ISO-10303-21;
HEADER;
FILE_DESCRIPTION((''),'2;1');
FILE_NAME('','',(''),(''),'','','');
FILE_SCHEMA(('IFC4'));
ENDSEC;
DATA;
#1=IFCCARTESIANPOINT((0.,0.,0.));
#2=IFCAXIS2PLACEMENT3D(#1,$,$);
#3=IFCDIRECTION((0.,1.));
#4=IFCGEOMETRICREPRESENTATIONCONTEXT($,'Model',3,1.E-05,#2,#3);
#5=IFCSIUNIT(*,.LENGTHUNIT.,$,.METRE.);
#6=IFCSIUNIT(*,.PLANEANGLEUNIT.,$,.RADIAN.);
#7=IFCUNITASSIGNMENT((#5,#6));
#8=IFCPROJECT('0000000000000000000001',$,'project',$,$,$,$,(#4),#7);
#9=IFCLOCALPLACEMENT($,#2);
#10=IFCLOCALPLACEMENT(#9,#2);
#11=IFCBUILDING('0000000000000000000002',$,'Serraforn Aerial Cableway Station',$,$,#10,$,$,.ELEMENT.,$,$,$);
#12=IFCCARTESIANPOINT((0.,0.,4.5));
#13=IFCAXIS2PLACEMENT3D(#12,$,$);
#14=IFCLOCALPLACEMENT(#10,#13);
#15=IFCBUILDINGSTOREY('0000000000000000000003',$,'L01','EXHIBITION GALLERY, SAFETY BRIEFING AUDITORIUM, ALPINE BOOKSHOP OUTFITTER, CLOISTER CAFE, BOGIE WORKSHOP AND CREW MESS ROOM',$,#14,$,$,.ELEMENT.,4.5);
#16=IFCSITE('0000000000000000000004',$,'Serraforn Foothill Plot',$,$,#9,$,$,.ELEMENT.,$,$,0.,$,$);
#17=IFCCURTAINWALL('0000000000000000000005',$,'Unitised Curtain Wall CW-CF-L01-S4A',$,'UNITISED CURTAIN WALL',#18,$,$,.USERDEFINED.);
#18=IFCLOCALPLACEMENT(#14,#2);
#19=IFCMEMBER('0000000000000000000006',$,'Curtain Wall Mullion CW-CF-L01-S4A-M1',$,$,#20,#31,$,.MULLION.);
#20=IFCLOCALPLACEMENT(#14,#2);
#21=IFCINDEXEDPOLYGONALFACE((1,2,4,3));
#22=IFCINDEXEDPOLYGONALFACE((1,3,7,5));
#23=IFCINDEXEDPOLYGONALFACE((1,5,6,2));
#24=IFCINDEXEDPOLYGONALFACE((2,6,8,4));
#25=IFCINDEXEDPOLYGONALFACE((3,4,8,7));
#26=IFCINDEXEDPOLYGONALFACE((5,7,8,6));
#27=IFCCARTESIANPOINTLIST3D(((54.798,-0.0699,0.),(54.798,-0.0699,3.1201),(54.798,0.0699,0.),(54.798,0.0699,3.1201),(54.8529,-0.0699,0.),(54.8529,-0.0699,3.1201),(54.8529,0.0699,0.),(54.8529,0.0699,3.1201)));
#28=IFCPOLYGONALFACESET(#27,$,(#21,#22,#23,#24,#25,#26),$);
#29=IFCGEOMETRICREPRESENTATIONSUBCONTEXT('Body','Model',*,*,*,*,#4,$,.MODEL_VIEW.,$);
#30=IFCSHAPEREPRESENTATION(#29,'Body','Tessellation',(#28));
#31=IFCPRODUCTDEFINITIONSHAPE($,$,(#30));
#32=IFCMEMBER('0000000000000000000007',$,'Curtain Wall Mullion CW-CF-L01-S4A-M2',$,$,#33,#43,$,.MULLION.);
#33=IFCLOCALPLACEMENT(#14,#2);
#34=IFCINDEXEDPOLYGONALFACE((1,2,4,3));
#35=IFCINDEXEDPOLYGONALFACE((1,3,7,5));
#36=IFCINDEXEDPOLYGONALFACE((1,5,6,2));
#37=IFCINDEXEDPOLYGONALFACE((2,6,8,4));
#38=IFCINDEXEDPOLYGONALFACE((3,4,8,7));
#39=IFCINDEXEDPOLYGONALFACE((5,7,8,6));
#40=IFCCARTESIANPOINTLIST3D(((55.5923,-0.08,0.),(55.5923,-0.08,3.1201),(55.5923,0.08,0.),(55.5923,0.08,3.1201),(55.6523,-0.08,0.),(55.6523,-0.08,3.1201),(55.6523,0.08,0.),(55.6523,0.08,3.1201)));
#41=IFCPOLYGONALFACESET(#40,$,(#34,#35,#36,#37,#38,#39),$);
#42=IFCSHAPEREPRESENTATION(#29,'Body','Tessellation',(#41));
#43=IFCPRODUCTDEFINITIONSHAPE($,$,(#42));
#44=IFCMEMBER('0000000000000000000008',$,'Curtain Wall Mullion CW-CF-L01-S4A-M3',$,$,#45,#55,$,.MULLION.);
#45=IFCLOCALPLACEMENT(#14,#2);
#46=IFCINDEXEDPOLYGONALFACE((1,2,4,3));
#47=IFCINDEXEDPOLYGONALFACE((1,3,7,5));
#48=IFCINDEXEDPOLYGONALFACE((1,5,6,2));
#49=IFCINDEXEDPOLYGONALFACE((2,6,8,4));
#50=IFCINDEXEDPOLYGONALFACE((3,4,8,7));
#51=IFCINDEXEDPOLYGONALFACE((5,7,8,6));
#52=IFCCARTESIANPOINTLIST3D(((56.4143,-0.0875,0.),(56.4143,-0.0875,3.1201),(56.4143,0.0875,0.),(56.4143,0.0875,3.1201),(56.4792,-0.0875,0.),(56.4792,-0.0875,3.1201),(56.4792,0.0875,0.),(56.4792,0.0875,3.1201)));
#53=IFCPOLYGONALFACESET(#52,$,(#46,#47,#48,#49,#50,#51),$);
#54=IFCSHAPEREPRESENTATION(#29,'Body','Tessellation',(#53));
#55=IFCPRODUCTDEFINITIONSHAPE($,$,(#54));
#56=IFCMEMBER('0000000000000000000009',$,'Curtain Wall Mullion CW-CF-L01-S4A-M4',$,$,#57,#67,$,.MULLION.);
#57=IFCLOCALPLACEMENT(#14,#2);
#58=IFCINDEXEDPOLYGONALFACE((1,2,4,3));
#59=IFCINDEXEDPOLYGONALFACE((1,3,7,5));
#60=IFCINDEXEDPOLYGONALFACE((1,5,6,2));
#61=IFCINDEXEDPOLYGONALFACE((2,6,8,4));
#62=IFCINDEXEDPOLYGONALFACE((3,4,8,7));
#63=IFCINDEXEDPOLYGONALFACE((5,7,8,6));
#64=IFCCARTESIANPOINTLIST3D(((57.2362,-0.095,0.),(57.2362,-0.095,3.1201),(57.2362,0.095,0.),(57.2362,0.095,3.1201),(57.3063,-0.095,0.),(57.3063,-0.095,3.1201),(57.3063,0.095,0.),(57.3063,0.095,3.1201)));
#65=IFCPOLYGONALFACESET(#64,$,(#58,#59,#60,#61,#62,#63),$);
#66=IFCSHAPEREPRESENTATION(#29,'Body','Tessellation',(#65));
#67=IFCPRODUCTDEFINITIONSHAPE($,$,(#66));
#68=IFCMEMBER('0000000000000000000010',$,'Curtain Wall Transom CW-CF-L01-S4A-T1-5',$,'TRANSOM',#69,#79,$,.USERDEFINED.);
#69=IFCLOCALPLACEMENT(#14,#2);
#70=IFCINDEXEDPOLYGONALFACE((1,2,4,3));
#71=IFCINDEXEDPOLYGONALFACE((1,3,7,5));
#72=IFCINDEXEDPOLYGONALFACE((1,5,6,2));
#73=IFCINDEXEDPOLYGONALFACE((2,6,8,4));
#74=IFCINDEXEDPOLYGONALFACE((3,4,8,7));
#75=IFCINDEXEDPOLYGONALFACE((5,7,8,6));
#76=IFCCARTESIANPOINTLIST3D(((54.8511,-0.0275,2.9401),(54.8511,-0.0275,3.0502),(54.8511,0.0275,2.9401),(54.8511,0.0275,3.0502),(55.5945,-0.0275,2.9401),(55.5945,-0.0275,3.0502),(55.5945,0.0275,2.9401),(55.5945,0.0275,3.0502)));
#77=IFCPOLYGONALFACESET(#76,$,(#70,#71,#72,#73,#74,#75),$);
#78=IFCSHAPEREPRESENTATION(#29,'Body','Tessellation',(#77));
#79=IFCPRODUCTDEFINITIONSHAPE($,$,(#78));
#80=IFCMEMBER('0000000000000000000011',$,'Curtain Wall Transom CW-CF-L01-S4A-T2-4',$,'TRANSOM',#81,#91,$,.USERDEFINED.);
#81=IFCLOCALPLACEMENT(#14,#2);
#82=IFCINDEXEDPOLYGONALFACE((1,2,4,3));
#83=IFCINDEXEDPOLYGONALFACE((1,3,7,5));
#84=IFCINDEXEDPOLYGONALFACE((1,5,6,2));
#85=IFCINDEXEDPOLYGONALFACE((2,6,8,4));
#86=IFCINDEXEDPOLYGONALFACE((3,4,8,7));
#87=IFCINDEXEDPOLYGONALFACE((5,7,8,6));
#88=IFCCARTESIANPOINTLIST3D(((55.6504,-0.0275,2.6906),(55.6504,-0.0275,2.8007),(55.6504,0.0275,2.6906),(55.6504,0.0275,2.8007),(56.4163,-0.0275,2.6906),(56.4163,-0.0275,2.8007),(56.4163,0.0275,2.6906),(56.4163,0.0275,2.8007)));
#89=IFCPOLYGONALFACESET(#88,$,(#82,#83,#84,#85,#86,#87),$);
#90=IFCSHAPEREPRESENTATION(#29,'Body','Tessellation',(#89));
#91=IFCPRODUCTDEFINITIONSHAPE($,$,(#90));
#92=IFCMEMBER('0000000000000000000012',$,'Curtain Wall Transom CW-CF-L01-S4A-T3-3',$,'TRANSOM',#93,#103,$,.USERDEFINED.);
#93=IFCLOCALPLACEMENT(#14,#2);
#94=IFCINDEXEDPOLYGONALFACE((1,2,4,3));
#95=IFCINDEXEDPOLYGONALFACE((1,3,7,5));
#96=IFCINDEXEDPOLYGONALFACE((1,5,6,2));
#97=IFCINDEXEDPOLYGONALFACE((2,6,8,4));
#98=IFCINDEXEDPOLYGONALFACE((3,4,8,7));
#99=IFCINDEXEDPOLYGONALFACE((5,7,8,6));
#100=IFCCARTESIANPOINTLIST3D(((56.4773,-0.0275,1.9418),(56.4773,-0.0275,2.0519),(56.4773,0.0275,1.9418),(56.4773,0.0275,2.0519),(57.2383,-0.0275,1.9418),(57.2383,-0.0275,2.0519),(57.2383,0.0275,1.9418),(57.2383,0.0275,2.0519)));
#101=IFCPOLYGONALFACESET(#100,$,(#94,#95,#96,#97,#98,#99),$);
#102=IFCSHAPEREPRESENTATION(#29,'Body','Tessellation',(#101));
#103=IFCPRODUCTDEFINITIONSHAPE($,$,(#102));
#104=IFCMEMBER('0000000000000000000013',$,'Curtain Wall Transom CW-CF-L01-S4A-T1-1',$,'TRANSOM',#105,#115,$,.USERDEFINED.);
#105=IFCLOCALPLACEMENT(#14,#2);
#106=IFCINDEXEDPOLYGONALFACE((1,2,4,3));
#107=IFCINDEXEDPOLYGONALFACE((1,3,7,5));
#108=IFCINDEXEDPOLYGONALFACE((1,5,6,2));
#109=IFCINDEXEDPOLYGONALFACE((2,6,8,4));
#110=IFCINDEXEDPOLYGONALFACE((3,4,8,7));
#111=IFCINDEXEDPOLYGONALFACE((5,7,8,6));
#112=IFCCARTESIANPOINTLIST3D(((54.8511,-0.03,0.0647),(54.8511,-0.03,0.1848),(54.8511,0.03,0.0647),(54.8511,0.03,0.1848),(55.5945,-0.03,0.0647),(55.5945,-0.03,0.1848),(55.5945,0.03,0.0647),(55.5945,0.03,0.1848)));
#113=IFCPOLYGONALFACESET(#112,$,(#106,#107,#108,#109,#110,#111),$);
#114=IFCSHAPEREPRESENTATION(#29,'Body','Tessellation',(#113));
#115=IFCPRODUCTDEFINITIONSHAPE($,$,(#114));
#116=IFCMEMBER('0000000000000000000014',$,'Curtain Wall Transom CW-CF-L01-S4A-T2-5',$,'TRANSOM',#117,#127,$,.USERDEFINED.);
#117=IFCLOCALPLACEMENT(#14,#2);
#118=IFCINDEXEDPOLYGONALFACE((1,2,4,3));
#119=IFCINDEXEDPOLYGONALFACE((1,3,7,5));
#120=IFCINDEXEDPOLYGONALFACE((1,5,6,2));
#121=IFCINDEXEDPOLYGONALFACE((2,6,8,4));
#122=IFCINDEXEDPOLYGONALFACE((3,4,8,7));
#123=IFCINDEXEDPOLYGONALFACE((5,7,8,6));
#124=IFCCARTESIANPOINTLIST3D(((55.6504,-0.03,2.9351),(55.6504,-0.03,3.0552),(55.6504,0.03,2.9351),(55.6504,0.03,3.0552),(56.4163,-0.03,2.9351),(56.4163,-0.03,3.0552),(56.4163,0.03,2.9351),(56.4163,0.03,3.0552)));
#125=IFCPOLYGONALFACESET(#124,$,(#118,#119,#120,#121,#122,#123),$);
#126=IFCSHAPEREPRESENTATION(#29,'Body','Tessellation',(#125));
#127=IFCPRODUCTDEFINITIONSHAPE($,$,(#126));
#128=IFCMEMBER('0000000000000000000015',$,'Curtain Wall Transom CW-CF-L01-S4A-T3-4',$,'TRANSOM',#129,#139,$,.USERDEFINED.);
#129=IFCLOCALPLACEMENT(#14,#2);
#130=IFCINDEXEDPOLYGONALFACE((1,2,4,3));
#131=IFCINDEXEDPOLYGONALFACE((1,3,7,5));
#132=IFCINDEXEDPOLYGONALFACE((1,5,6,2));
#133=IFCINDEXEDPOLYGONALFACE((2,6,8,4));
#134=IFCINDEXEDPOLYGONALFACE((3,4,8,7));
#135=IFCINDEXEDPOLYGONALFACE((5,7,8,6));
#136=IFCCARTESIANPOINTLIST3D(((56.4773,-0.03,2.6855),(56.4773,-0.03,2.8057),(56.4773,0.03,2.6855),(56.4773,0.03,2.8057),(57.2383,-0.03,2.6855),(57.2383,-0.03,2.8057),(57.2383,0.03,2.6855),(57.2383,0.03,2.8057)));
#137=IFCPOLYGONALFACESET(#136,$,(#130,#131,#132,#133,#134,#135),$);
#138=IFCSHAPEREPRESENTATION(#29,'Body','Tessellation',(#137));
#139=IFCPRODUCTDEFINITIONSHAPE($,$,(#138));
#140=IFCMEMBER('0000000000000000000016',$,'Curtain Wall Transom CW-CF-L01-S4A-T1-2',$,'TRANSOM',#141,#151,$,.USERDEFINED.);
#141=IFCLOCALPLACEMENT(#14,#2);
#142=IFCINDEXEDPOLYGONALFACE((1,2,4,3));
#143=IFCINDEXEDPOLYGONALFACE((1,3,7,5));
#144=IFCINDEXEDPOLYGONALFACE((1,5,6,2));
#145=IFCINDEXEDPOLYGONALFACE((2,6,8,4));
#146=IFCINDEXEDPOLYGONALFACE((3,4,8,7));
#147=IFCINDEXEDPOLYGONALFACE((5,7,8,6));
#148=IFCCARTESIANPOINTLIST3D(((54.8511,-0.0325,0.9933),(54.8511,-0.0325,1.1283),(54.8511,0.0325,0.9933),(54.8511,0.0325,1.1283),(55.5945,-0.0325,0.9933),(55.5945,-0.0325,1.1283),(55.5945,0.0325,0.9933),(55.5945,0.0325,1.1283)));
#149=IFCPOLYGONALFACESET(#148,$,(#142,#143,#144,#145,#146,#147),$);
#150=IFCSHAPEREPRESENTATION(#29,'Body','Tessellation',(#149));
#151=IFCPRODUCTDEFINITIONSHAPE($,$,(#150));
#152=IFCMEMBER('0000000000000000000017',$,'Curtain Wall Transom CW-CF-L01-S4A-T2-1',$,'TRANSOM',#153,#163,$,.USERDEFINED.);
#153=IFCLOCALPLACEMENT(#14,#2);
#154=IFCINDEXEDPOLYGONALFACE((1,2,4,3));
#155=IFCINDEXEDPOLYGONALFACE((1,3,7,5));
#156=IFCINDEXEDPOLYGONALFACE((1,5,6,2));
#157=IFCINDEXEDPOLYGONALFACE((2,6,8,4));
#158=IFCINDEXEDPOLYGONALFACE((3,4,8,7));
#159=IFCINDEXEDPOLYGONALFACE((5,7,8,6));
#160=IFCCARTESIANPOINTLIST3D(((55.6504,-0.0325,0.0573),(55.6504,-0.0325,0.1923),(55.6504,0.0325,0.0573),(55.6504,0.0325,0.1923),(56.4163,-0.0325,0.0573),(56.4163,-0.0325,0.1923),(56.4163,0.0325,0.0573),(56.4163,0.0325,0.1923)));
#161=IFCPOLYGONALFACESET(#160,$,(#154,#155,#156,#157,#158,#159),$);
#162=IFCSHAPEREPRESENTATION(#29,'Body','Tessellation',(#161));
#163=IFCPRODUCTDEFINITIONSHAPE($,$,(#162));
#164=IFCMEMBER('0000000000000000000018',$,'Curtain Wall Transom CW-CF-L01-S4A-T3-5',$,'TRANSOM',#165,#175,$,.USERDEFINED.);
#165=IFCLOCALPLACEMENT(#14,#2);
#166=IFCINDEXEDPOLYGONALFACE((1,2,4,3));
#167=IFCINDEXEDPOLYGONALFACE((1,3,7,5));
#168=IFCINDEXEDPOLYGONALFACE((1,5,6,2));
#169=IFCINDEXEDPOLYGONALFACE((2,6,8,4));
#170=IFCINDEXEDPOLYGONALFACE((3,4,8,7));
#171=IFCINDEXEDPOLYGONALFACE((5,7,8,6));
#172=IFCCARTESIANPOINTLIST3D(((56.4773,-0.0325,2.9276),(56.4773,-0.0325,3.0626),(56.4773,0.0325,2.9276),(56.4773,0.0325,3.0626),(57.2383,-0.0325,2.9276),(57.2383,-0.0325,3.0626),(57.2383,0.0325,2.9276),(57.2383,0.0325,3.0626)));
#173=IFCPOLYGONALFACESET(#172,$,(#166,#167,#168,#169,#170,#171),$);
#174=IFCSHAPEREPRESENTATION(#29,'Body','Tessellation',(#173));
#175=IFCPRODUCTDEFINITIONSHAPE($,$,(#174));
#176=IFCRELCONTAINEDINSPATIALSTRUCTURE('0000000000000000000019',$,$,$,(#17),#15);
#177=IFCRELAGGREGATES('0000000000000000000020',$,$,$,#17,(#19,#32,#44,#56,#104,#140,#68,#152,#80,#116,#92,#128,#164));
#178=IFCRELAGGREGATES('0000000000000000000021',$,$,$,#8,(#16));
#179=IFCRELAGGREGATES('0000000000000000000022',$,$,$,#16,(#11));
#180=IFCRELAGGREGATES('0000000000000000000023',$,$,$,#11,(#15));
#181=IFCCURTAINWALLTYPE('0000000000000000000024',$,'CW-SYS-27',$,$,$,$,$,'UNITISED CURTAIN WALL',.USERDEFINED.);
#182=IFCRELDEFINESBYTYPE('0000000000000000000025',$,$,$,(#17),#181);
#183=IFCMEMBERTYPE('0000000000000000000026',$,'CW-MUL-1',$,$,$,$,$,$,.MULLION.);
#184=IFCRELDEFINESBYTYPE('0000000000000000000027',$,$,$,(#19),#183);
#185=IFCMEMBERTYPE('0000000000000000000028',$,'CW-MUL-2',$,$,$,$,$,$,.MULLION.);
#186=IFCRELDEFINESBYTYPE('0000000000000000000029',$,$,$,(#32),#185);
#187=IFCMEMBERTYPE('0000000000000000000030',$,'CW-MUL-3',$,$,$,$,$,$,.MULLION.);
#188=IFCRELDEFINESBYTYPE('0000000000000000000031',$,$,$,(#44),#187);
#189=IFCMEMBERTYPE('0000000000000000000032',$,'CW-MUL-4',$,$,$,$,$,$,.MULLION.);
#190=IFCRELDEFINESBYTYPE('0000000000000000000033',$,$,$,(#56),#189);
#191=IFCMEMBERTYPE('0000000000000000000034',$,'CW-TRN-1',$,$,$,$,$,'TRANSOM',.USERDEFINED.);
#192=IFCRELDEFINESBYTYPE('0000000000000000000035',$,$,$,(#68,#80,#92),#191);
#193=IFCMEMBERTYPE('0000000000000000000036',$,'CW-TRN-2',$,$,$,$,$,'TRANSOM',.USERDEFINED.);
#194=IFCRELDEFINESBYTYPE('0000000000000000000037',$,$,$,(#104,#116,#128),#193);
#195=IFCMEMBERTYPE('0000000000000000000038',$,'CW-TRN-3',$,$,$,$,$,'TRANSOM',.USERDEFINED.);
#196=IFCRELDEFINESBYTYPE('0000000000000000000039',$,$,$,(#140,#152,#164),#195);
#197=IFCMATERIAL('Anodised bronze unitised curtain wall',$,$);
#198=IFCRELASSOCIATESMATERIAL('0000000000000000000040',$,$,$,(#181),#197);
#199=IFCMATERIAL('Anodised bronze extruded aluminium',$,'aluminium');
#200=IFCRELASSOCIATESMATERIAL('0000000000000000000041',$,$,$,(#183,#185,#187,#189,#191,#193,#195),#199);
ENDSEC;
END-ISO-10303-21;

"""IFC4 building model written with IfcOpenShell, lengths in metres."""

from ifc_helpers import new_model, si_unit, direction, frame, origin, origin_2d, place, context, subcontext, project, spatial, rectangle, extrude, material, material_profile, profile_set, type_object, element, aggregate, save


model = new_model("IFC4")

# Units and contexts
model_context = context("Model", 3, precision=1e-05, world=origin(), true_north=direction((0.0, 1.0)))
body_context = subcontext(model_context, "Body", "Model", "MODEL_VIEW")
ifc_project = project(units=[si_unit("LENGTHUNIT", "METRE"), si_unit("PLANEANGLEUNIT", "RADIAN")], contexts=[model_context])

# Site, building, storey
site_placement = place(None, origin())
site = spatial("IfcSite", under=ifc_project, at=site_placement, Name="Serraforn Foothill Plot", CompositionType="ELEMENT", RefElevation=0.0)
building_placement = place(site_placement, origin())
building = spatial("IfcBuilding", under=site, at=building_placement, Name="Serraforn Aerial Cableway Station", CompositionType="ELEMENT")
storey_placement = place(building_placement, frame((0.0, 0.0, 4.5)))
storey = spatial("IfcBuildingStorey", under=building, at=storey_placement, Name="L01", Description="EXHIBITION GALLERY, SAFETY BRIEFING AUDITORIUM, ALPINE BOOKSHOP OUTFITTER, CLOISTER CAFE, BOGIE WORKSHOP AND CREW MESS ROOM", CompositionType="ELEMENT", Elevation=4.5)

# Curtain wall, members
ifc_material_1 = material(Name="Anodised bronze unitised curtain wall")
curtain_wall_type = type_object("IfcCurtainWallType", Name="CW-SYS-27", ElementType="UNITISED CURTAIN WALL", PredefinedType="USERDEFINED", material=ifc_material_1)
curtain_wall_placement = place(storey_placement, origin())
curtain_wall = element("IfcCurtainWall", 1, at=curtain_wall_placement, inside=storey, type_object=curtain_wall_type, Name="Unitised Curtain Wall CW-CF-L01-S4A", ObjectType="UNITISED CURTAIN WALL", PredefinedType="USERDEFINED")
ifc_material_2 = material(Name="Anodised bronze extruded aluminium", Category="aluminium")
ifc_material_profile_1 = material_profile(ifc_material_2, rectangle(XDim=0.0549, YDim=0.1399, at=origin_2d()), Name="CW MULLION 55x140")
ifc_profile_set_1 = profile_set([ifc_material_profile_1], Name="Anodised bronze extruded aluminium")
member_type_1 = type_object("IfcMemberType", Name="CW-MUL-1", PredefinedType="MULLION", material=ifc_profile_set_1)
member_1_placement = place(storey_placement, frame((54.8254, 0.0, 0.0), z_axis=(0.0, 0.0, 1.0), x_axis=(1.0, 0.0, 0.0)))
member_1 = element("IfcMember", 2, at=member_1_placement, type_object=member_type_1, Name="Curtain Wall Mullion CW-CF-L01-S4A-M1", PredefinedType="MULLION", context=body_context, shape_type="SweptSolid", body=[
    extrude(rectangle(XDim=0.0549, YDim=0.1399, at=origin_2d()), origin(), (0.0, 0.0, 1.0), 3.1201),
])
ifc_material_profile_2 = material_profile(ifc_material_2, rectangle(XDim=0.0601, YDim=0.1599, at=origin_2d()), Name="CW MULLION 60x160")
ifc_profile_set_2 = profile_set([ifc_material_profile_2], Name="Anodised bronze extruded aluminium")
member_type_2 = type_object("IfcMemberType", Name="CW-MUL-2", PredefinedType="MULLION", material=ifc_profile_set_2)
member_2_placement = place(storey_placement, frame((55.6223, 0.0, 0.0), z_axis=(0.0, 0.0, 1.0), x_axis=(1.0, 0.0, 0.0)))
member_2 = element("IfcMember", 3, at=member_2_placement, type_object=member_type_2, Name="Curtain Wall Mullion CW-CF-L01-S4A-M2", PredefinedType="MULLION", context=body_context, shape_type="SweptSolid", body=[
    extrude(rectangle(XDim=0.0601, YDim=0.1599, at=origin_2d()), origin(), (0.0, 0.0, 1.0), 3.1201),
])
ifc_material_profile_3 = material_profile(ifc_material_2, rectangle(XDim=0.0649, YDim=0.175, at=origin_2d()), Name="CW MULLION 65x175")
ifc_profile_set_3 = profile_set([ifc_material_profile_3], Name="Anodised bronze extruded aluminium")
member_type_3 = type_object("IfcMemberType", Name="CW-MUL-3", PredefinedType="MULLION", material=ifc_profile_set_3)
member_3_placement = place(storey_placement, frame((56.4468, 0.0, 0.0), z_axis=(0.0, 0.0, 1.0), x_axis=(1.0, 0.0, 0.0)))
member_3 = element("IfcMember", 4, at=member_3_placement, type_object=member_type_3, Name="Curtain Wall Mullion CW-CF-L01-S4A-M3", PredefinedType="MULLION", context=body_context, shape_type="SweptSolid", body=[
    extrude(rectangle(XDim=0.0649, YDim=0.175, at=origin_2d()), origin(), (0.0, 0.0, 1.0), 3.1201),
])
ifc_material_profile_4 = material_profile(ifc_material_2, rectangle(XDim=0.0701, YDim=0.1899, at=origin_2d()), Name="CW MULLION 70x190")
ifc_profile_set_4 = profile_set([ifc_material_profile_4], Name="Anodised bronze extruded aluminium")
member_type_4 = type_object("IfcMemberType", Name="CW-MUL-4", PredefinedType="MULLION", material=ifc_profile_set_4)
member_4_placement = place(storey_placement, frame((57.2712, 0.0, 0.0), z_axis=(0.0, 0.0, 1.0), x_axis=(1.0, 0.0, 0.0)))
member_4 = element("IfcMember", 5, at=member_4_placement, type_object=member_type_4, Name="Curtain Wall Mullion CW-CF-L01-S4A-M4", PredefinedType="MULLION", context=body_context, shape_type="SweptSolid", body=[
    extrude(rectangle(XDim=0.0701, YDim=0.1899, at=origin_2d()), origin(), (0.0, 0.0, 1.0), 3.1201),
])
ifc_material_profile_5 = material_profile(ifc_material_2, rectangle(XDim=0.0549, YDim=0.1101, at=origin_2d()), Name="CW TRANSOM 55x110")
ifc_profile_set_5 = profile_set([ifc_material_profile_5], Name="Anodised bronze extruded aluminium")
member_type_5 = type_object("IfcMemberType", Name="CW-TRN-1", ElementType="TRANSOM", PredefinedType="USERDEFINED", material=ifc_profile_set_5)
member_5_placement = place(storey_placement, frame((54.8511, 0.0, 2.9951), z_axis=(1.0, 0.0, 0.0), x_axis=(0.0, 1.0, 0.0)))
member_5 = element("IfcMember", 6, at=member_5_placement, type_object=member_type_5, Name="Curtain Wall Transom CW-CF-L01-S4A-T1-5", ObjectType="TRANSOM", PredefinedType="USERDEFINED", context=body_context, shape_type="SweptSolid", body=[
    extrude(rectangle(XDim=0.0549, YDim=0.1101, at=origin_2d()), origin(), (0.0, 0.0, 1.0), 0.7434),
])
member_6_placement = place(storey_placement, frame((55.6504, 0.0, 2.7456), z_axis=(1.0, 0.0, 0.0), x_axis=(0.0, 1.0, 0.0)))
member_6 = element("IfcMember", 7, at=member_6_placement, type_object=member_type_5, Name="Curtain Wall Transom CW-CF-L01-S4A-T2-4", ObjectType="TRANSOM", PredefinedType="USERDEFINED", context=body_context, shape_type="SweptSolid", body=[
    extrude(rectangle(XDim=0.0549, YDim=0.1101, at=origin_2d()), origin(), (0.0, 0.0, 1.0), 0.7659),
])
member_7_placement = place(storey_placement, frame((56.4773, 0.0, 1.9968), z_axis=(1.0, 0.0, 0.0), x_axis=(0.0, 1.0, 0.0)))
member_7 = element("IfcMember", 8, at=member_7_placement, type_object=member_type_5, Name="Curtain Wall Transom CW-CF-L01-S4A-T3-3", ObjectType="TRANSOM", PredefinedType="USERDEFINED", context=body_context, shape_type="SweptSolid", body=[
    extrude(rectangle(XDim=0.0549, YDim=0.1101, at=origin_2d()), origin(), (0.0, 0.0, 1.0), 0.761),
])
ifc_material_profile_6 = material_profile(ifc_material_2, rectangle(XDim=0.0601, YDim=0.1201, at=origin_2d()), Name="CW TRANSOM 60x120")
ifc_profile_set_6 = profile_set([ifc_material_profile_6], Name="Anodised bronze extruded aluminium")
member_type_6 = type_object("IfcMemberType", Name="CW-TRN-2", ElementType="TRANSOM", PredefinedType="USERDEFINED", material=ifc_profile_set_6)
member_8_placement = place(storey_placement, frame((54.8511, 0.0, 0.1248), z_axis=(1.0, 0.0, 0.0), x_axis=(0.0, 1.0, 0.0)))
member_8 = element("IfcMember", 9, at=member_8_placement, type_object=member_type_6, Name="Curtain Wall Transom CW-CF-L01-S4A-T1-1", ObjectType="TRANSOM", PredefinedType="USERDEFINED", context=body_context, shape_type="SweptSolid", body=[
    extrude(rectangle(XDim=0.0601, YDim=0.1201, at=origin_2d()), origin(), (0.0, 0.0, 1.0), 0.7434),
])
member_9_placement = place(storey_placement, frame((55.6504, 0.0, 2.9951), z_axis=(1.0, 0.0, 0.0), x_axis=(0.0, 1.0, 0.0)))
member_9 = element("IfcMember", 10, at=member_9_placement, type_object=member_type_6, Name="Curtain Wall Transom CW-CF-L01-S4A-T2-5", ObjectType="TRANSOM", PredefinedType="USERDEFINED", context=body_context, shape_type="SweptSolid", body=[
    extrude(rectangle(XDim=0.0601, YDim=0.1201, at=origin_2d()), origin(), (0.0, 0.0, 1.0), 0.7659),
])
member_10_placement = place(storey_placement, frame((56.4773, 0.0, 2.7456), z_axis=(1.0, 0.0, 0.0), x_axis=(0.0, 1.0, 0.0)))
member_10 = element("IfcMember", 11, at=member_10_placement, type_object=member_type_6, Name="Curtain Wall Transom CW-CF-L01-S4A-T3-4", ObjectType="TRANSOM", PredefinedType="USERDEFINED", context=body_context, shape_type="SweptSolid", body=[
    extrude(rectangle(XDim=0.0601, YDim=0.1201, at=origin_2d()), origin(), (0.0, 0.0, 1.0), 0.761),
])
ifc_material_profile_7 = material_profile(ifc_material_2, rectangle(XDim=0.0649, YDim=0.135, at=origin_2d()), Name="CW TRANSOM 65x135")
ifc_profile_set_7 = profile_set([ifc_material_profile_7], Name="Anodised bronze extruded aluminium")
member_type_7 = type_object("IfcMemberType", Name="CW-TRN-3", ElementType="TRANSOM", PredefinedType="USERDEFINED", material=ifc_profile_set_7)
member_11_placement = place(storey_placement, frame((54.8511, 0.0, 1.0608), z_axis=(1.0, 0.0, 0.0), x_axis=(0.0, 1.0, 0.0)))
member_11 = element("IfcMember", 12, at=member_11_placement, type_object=member_type_7, Name="Curtain Wall Transom CW-CF-L01-S4A-T1-2", ObjectType="TRANSOM", PredefinedType="USERDEFINED", context=body_context, shape_type="SweptSolid", body=[
    extrude(rectangle(XDim=0.0649, YDim=0.135, at=origin_2d()), origin(), (0.0, 0.0, 1.0), 0.7434),
])
member_12_placement = place(storey_placement, frame((55.6504, 0.0, 0.1248), z_axis=(1.0, 0.0, 0.0), x_axis=(0.0, 1.0, 0.0)))
member_12 = element("IfcMember", 13, at=member_12_placement, type_object=member_type_7, Name="Curtain Wall Transom CW-CF-L01-S4A-T2-1", ObjectType="TRANSOM", PredefinedType="USERDEFINED", context=body_context, shape_type="SweptSolid", body=[
    extrude(rectangle(XDim=0.0649, YDim=0.135, at=origin_2d()), origin(), (0.0, 0.0, 1.0), 0.7659),
])
member_13_placement = place(storey_placement, frame((56.4773, 0.0, 2.9951), z_axis=(1.0, 0.0, 0.0), x_axis=(0.0, 1.0, 0.0)))
member_13 = element("IfcMember", 14, at=member_13_placement, type_object=member_type_7, Name="Curtain Wall Transom CW-CF-L01-S4A-T3-5", ObjectType="TRANSOM", PredefinedType="USERDEFINED", context=body_context, shape_type="SweptSolid", body=[
    extrude(rectangle(XDim=0.0649, YDim=0.135, at=origin_2d()), origin(), (0.0, 0.0, 1.0), 0.761),
])
aggregate(curtain_wall, [member_1, member_2, member_3, member_4, member_8, member_11, member_5, member_12, member_6, member_9, member_7, member_10, member_13])

save(model, "model.ifc")
